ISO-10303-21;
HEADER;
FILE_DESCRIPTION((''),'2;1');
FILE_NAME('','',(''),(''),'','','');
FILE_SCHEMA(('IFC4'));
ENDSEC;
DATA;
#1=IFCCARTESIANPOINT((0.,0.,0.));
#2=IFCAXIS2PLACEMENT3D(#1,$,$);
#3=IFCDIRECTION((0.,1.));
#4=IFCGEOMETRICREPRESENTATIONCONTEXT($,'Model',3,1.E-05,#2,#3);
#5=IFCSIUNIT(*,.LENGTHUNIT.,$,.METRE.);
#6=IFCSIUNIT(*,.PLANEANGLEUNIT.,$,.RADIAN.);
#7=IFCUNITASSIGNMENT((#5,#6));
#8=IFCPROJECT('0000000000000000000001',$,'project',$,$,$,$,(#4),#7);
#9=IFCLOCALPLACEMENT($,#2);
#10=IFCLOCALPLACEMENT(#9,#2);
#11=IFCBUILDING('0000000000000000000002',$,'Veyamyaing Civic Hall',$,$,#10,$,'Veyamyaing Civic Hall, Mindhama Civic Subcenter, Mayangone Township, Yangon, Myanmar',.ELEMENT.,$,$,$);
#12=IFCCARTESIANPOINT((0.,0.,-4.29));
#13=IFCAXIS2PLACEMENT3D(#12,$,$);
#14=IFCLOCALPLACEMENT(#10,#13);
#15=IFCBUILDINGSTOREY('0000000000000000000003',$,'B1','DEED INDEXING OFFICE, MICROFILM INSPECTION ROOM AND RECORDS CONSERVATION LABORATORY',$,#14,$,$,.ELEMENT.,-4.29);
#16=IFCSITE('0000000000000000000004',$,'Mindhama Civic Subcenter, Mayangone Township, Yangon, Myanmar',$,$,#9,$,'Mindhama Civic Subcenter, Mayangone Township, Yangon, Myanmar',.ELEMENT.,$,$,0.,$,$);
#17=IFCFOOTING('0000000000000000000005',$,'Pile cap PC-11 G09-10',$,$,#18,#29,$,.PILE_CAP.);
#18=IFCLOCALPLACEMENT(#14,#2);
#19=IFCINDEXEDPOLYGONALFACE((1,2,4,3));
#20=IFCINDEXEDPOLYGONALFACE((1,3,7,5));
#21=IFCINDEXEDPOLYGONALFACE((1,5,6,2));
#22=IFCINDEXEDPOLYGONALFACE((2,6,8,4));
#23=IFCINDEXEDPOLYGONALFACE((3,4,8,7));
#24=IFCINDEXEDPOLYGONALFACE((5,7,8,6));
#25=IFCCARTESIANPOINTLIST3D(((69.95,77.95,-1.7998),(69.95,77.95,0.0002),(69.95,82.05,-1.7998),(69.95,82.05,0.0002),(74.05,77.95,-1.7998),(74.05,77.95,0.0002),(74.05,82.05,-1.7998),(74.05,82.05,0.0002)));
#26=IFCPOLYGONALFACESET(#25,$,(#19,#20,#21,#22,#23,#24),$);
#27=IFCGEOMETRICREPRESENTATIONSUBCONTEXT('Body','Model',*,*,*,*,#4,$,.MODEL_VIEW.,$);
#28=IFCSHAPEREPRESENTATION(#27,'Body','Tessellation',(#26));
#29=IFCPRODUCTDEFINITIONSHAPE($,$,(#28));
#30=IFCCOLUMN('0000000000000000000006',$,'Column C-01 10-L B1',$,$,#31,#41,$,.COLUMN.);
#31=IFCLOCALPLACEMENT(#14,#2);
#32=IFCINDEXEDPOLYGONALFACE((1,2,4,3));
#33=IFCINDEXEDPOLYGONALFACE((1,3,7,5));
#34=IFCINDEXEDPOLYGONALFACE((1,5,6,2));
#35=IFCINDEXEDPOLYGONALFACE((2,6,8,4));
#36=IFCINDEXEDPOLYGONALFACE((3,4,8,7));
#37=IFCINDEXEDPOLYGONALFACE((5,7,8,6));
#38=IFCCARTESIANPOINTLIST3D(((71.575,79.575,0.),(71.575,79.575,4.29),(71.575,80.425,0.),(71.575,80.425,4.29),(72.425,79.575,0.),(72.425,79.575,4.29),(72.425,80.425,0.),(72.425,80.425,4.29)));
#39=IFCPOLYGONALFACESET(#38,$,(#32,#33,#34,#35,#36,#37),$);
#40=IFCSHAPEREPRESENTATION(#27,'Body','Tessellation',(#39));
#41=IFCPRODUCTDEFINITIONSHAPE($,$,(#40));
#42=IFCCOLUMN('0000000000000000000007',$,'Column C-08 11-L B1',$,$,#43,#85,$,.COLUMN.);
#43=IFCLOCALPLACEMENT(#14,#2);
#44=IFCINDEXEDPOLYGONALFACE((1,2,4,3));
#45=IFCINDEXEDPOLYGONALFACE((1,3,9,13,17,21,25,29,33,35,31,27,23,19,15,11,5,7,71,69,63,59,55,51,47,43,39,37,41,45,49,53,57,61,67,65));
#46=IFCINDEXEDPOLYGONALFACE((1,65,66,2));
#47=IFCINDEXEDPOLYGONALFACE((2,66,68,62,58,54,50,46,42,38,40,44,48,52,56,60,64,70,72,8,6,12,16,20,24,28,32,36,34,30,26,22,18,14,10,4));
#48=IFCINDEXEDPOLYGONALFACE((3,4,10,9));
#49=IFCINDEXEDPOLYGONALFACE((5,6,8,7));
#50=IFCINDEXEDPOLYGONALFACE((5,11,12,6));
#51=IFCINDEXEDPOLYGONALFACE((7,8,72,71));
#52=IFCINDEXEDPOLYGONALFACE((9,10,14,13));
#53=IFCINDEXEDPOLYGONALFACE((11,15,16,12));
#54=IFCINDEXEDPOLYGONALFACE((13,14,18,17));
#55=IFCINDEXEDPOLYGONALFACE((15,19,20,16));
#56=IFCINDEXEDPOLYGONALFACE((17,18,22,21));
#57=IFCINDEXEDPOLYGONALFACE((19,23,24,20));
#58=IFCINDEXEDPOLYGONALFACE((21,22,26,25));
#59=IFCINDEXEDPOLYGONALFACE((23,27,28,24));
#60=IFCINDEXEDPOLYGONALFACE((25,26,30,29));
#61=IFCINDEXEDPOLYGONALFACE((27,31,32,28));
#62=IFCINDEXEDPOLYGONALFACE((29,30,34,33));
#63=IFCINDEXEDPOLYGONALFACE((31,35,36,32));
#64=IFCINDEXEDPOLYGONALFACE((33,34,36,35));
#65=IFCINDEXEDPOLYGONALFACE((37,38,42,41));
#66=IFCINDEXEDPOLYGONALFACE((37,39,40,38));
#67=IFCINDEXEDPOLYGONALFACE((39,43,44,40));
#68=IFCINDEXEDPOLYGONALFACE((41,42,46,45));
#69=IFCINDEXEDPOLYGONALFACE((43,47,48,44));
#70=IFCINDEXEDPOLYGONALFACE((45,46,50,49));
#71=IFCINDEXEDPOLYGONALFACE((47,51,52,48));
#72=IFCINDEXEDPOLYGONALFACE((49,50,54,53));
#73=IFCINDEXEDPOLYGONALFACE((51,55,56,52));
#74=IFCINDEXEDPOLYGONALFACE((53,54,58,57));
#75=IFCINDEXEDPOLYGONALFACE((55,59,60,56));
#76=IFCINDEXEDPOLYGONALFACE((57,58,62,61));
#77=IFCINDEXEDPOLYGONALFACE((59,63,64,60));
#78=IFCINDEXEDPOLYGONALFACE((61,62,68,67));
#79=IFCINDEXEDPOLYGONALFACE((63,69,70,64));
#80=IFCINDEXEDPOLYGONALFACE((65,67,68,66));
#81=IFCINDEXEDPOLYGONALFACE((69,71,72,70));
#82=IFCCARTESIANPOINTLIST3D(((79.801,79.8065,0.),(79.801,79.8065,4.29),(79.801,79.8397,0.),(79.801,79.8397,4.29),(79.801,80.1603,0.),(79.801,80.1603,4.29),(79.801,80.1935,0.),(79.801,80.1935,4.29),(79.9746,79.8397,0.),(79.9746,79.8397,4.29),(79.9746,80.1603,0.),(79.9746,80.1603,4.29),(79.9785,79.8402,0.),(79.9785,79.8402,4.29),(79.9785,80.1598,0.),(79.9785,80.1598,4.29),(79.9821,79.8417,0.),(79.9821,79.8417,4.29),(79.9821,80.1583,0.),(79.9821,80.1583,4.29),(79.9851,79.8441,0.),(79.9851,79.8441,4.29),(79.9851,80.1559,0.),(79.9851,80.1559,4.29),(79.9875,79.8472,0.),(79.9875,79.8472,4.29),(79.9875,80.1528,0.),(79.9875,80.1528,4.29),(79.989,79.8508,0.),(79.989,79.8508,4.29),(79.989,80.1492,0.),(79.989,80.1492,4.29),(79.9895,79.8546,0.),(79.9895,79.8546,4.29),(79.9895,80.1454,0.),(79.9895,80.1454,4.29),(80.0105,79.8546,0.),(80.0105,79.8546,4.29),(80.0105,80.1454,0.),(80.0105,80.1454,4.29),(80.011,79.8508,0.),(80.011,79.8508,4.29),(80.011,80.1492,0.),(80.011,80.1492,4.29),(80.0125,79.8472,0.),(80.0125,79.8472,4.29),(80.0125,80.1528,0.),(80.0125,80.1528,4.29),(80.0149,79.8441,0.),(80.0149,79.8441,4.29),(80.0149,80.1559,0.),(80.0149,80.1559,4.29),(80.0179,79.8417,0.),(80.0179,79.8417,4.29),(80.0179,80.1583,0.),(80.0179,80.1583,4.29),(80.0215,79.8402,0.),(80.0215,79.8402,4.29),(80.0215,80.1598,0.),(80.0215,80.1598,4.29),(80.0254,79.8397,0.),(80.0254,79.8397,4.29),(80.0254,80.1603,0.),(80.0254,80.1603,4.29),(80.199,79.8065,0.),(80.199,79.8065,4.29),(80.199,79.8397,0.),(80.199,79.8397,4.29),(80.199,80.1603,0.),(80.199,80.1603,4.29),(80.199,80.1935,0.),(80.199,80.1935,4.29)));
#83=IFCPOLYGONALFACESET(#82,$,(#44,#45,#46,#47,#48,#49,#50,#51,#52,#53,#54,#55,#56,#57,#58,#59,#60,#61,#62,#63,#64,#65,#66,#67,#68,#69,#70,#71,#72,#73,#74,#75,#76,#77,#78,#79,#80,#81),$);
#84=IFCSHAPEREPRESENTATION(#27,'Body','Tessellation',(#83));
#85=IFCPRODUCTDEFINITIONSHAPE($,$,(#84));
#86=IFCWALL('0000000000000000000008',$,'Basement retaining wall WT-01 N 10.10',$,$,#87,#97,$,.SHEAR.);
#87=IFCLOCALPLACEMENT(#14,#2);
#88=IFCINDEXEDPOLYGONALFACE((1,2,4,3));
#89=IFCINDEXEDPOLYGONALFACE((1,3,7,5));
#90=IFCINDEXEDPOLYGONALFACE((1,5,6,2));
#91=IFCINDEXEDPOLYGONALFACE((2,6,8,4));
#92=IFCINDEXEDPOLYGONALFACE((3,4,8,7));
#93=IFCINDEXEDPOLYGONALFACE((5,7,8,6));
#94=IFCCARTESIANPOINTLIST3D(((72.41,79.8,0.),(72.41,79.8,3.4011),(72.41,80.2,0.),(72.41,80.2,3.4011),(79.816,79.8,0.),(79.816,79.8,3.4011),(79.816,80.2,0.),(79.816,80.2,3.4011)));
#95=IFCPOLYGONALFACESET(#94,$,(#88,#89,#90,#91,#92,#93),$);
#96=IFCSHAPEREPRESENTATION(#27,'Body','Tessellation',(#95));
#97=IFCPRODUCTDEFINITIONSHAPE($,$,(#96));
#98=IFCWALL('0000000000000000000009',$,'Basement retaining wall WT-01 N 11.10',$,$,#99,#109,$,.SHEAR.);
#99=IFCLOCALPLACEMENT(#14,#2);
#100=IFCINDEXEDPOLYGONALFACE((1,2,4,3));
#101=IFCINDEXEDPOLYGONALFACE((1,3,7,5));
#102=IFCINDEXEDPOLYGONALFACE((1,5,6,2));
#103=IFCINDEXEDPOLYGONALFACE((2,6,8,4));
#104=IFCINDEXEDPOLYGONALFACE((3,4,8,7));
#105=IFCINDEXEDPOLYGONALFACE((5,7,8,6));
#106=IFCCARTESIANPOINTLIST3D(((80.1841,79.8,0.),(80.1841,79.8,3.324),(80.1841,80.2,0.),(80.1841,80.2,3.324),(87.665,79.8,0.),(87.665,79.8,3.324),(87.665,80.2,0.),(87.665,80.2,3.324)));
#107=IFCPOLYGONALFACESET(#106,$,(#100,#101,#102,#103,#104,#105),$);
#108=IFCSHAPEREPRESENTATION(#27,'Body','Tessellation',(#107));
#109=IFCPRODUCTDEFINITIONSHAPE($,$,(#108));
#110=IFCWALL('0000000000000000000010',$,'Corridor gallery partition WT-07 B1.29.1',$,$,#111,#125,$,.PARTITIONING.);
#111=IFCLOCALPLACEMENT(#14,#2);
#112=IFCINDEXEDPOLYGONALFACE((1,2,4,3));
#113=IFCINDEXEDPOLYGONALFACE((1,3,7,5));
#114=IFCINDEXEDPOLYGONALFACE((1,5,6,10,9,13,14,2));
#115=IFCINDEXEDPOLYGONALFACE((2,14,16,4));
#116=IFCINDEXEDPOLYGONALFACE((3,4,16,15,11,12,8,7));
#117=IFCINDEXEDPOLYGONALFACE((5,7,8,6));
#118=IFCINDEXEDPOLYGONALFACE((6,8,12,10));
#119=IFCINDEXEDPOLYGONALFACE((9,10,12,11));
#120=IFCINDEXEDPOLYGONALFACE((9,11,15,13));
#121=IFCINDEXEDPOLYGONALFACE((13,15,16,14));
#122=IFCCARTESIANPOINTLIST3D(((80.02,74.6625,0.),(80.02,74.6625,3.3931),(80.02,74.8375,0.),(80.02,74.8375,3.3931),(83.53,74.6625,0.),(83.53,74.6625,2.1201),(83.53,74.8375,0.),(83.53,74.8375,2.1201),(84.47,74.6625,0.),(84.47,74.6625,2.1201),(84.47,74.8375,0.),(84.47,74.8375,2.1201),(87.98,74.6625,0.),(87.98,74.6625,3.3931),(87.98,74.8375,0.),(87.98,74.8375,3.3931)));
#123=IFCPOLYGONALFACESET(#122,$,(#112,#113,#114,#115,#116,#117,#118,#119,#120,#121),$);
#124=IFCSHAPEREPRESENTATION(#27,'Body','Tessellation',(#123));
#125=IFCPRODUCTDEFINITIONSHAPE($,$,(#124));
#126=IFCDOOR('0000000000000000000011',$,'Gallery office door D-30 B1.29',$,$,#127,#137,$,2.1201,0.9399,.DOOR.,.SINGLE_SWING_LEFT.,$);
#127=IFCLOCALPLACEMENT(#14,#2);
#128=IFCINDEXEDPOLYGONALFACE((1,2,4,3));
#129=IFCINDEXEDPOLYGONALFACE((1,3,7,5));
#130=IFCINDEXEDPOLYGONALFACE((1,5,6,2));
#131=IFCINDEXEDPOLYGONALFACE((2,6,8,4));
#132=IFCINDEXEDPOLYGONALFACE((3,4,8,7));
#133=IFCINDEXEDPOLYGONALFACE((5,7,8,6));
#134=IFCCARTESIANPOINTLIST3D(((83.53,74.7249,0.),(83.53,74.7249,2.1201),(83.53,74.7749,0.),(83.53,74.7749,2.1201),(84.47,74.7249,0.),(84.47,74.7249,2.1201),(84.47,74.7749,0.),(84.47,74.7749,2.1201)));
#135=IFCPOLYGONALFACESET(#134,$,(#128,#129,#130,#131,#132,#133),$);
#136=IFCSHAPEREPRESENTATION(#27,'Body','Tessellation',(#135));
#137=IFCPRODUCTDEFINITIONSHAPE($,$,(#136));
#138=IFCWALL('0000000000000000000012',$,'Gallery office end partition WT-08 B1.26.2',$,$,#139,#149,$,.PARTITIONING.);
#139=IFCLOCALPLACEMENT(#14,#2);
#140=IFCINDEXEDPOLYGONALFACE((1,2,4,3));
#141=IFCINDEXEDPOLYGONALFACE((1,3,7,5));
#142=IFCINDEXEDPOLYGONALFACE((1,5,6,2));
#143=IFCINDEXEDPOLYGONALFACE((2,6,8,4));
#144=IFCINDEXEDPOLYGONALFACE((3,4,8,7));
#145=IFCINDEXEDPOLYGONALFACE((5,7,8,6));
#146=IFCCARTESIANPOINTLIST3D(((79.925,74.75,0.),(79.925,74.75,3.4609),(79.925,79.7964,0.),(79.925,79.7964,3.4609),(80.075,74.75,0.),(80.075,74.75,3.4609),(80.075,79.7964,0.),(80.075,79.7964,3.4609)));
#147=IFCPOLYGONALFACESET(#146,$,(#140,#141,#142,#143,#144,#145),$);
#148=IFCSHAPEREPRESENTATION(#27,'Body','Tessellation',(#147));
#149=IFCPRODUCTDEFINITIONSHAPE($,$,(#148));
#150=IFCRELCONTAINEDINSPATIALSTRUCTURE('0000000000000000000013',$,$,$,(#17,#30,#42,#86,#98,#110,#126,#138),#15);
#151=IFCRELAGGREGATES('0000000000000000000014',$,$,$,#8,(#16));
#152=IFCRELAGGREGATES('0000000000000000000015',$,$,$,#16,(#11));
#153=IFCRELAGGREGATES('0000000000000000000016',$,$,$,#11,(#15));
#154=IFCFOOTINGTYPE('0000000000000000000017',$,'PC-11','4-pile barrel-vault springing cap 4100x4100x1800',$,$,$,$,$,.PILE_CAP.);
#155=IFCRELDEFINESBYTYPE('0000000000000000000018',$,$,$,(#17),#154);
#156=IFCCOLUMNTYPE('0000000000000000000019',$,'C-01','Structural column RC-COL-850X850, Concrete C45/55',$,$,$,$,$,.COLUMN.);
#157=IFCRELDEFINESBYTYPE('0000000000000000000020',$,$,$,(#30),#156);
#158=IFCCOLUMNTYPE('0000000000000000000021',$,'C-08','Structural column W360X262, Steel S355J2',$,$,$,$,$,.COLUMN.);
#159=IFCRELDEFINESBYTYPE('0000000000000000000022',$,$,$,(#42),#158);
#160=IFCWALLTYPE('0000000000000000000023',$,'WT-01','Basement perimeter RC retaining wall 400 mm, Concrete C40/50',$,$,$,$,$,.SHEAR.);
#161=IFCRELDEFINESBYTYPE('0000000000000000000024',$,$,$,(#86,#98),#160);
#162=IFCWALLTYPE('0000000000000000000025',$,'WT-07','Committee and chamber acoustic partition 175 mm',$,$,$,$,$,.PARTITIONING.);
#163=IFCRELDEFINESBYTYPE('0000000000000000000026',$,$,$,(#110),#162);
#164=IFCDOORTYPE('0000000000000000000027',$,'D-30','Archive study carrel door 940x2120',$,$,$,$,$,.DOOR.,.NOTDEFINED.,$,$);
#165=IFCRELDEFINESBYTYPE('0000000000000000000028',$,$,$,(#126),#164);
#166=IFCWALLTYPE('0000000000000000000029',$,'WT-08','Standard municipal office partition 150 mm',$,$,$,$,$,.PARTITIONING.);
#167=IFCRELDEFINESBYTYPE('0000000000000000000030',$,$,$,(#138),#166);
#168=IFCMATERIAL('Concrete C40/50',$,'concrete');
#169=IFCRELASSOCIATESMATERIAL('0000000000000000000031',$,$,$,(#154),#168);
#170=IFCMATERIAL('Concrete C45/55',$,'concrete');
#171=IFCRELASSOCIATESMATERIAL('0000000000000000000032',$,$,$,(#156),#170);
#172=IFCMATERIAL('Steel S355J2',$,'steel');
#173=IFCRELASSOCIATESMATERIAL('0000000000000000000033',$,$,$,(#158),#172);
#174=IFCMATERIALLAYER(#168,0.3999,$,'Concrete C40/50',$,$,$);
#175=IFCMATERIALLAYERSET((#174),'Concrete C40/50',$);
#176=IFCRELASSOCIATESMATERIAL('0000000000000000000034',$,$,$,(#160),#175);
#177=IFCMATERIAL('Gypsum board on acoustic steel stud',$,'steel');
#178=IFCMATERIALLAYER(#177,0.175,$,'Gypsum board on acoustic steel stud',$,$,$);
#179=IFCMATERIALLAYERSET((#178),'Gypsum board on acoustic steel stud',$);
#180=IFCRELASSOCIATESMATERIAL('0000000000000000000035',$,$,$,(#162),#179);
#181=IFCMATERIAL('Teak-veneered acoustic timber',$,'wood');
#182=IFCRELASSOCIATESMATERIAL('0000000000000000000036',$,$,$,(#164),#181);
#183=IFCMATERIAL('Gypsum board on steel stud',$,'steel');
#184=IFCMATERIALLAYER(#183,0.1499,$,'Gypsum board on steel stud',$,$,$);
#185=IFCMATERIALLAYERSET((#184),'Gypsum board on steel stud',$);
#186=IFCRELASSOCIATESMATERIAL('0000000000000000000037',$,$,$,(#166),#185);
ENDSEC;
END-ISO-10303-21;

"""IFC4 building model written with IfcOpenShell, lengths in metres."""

from ifc_helpers import new_model, si_unit, direction, frame, frame_2d, origin, origin_2d, place, context, subcontext, project, spatial, rectangle, i_section, extrude, material, layer, layer_set, material_profile, profile_set, type_object, element, fill, save


model = new_model("IFC4")

# Units and contexts
model_context = context("Model", 3, precision=1e-05, world=origin(), true_north=direction((0.0, 1.0)))
body_context = subcontext(model_context, "Body", "Model", "MODEL_VIEW")
ifc_project = project(units=[si_unit("LENGTHUNIT", "METRE"), si_unit("PLANEANGLEUNIT", "RADIAN")], contexts=[model_context])

# Site, building, storey
site_placement = place(None, origin())
site = spatial("IfcSite", under=ifc_project, at=site_placement, Name="Mindhama Civic Subcenter, Mayangone Township, Yangon, Myanmar", LongName="Mindhama Civic Subcenter, Mayangone Township, Yangon, Myanmar", CompositionType="ELEMENT", RefElevation=0.0)
building_placement = place(site_placement, origin())
building = spatial("IfcBuilding", under=site, at=building_placement, Name="Veyamyaing Civic Hall", LongName="Veyamyaing Civic Hall, Mindhama Civic Subcenter, Mayangone Township, Yangon, Myanmar", CompositionType="ELEMENT")
storey_placement = place(building_placement, frame((0.0, 0.0, -4.29)))
storey = spatial("IfcBuildingStorey", under=building, at=storey_placement, Name="B1", Description="DEED INDEXING OFFICE, MICROFILM INSPECTION ROOM AND RECORDS CONSERVATION LABORATORY", CompositionType="ELEMENT", Elevation=-4.29)

# Shared definitions
ifc_material_1 = material(Name="Concrete C40/50", Category="concrete")

# Footing
footing_type_1 = type_object("IfcFootingType", Name="PC-11", Description="4-pile barrel-vault springing cap 4100x4100x1800", PredefinedType="PILE_CAP", material=ifc_material_1)
footing_1_placement = place(storey_placement, frame((72.0, 80.0, -1.7998), z_axis=(0.0, 0.0, 1.0), x_axis=(1.0, 0.0, 0.0)))
element("IfcFooting", 1, at=footing_1_placement, inside=storey, type_object=footing_type_1, Name="Pile cap PC-11 G09-10", PredefinedType="PILE_CAP", context=body_context, shape_type="SweptSolid", body=[
    extrude(rectangle(XDim=4.1001, YDim=4.1001, at=origin_2d()), origin(), (0.0, 0.0, 1.0), 1.8),
])

# Columns
ifc_material_2 = material(Name="Concrete C45/55", Category="concrete")
ifc_material_profile_1 = material_profile(ifc_material_2, rectangle(XDim=0.8501, YDim=0.8501, at=origin_2d()), Name="RC-COL-850X850")
ifc_profile_set_1 = profile_set([ifc_material_profile_1], Name="Concrete C45/55")
column_type_1 = type_object("IfcColumnType", Name="C-01", Description="Structural column RC-COL-850X850, Concrete C45/55", PredefinedType="COLUMN", material=ifc_profile_set_1)
column_1_placement = place(storey_placement, frame((72.0, 80.0, 0.0), z_axis=(0.0, 0.0, 1.0), x_axis=(1.0, 0.0, 0.0)))
element("IfcColumn", 2, at=column_1_placement, inside=storey, type_object=column_type_1, Name="Column C-01 10-L B1", PredefinedType="COLUMN", context=body_context, shape_type="SweptSolid", body=[
    extrude(rectangle(XDim=0.8501, YDim=0.8501, at=origin_2d()), origin(), (0.0, 0.0, 1.0), 4.29),
])
ifc_material_3 = material(Name="Steel S355J2", Category="steel")
ifc_material_profile_2 = material_profile(ifc_material_3, i_section(OverallWidth=0.3979, OverallDepth=0.387, WebThickness=0.021, FlangeThickness=0.0332, FilletRadius=0.0149, at=origin_2d()), Name="W360X262")
ifc_profile_set_2 = profile_set([ifc_material_profile_2], Name="Steel S355J2")
column_type_2 = type_object("IfcColumnType", Name="C-08", Description="Structural column W360X262, Steel S355J2", PredefinedType="COLUMN", material=ifc_profile_set_2)
column_2_placement = place(storey_placement, frame((80.0, 80.0, 0.0), z_axis=(0.0, 0.0, 1.0), x_axis=(1.0, 0.0, 0.0)))
element("IfcColumn", 3, at=column_2_placement, inside=storey, type_object=column_type_2, Name="Column C-08 11-L B1", PredefinedType="COLUMN", context=body_context, shape_type="SweptSolid", body=[
    extrude(i_section(OverallWidth=0.3979, OverallDepth=0.387, WebThickness=0.021, FlangeThickness=0.0332, FilletRadius=0.0149, at=origin_2d()), origin(), (0.0, 0.0, 1.0), 4.29),
])

# Walls
ifc_layer_1 = layer(ifc_material_1, 0.3999, Name="Concrete C40/50")
ifc_layer_set_1 = layer_set([ifc_layer_1], Name="Concrete C40/50")
wall_type_1 = type_object("IfcWallType", Name="WT-01", Description="Basement perimeter RC retaining wall 400 mm, Concrete C40/50", PredefinedType="SHEAR", material=ifc_layer_set_1)
wall_1_placement = place(storey_placement, frame((72.4099, 80.0, 0.0), z_axis=(0.0, 0.0, 1.0), x_axis=(1.0, 0.0, 0.0)))
element("IfcWall", 4, at=wall_1_placement, inside=storey, type_object=wall_type_1, Name="Basement retaining wall WT-01 N 10.10", PredefinedType="SHEAR", context=body_context, shape_type="SweptSolid", body=[
    extrude(rectangle(XDim=7.406, YDim=0.3999, at=frame_2d((3.7031, 0.0))), origin(), (0.0, 0.0, 1.0), 3.4011),
])
wall_2_placement = place(storey_placement, frame((80.1841, 80.0, 0.0), z_axis=(0.0, 0.0, 1.0), x_axis=(1.0, 0.0, 0.0)))
element("IfcWall", 5, at=wall_2_placement, inside=storey, type_object=wall_type_1, Name="Basement retaining wall WT-01 N 11.10", PredefinedType="SHEAR", context=body_context, shape_type="SweptSolid", body=[
    extrude(rectangle(XDim=7.481, YDim=0.3999, at=frame_2d((3.7405, 0.0))), origin(), (0.0, 0.0, 1.0), 3.324),
])

# Wall, opening, door
ifc_material_4 = material(Name="Gypsum board on acoustic steel stud", Category="steel")
ifc_layer_2 = layer(ifc_material_4, 0.175, Name="Gypsum board on acoustic steel stud")
ifc_layer_set_2 = layer_set([ifc_layer_2], Name="Gypsum board on acoustic steel stud")
wall_type_2 = type_object("IfcWallType", Name="WT-07", Description="Committee and chamber acoustic partition 175 mm", PredefinedType="PARTITIONING", material=ifc_layer_set_2)
wall_3_placement = place(storey_placement, frame((80.02, 74.75, 0.0), z_axis=(0.0, 0.0, 1.0), x_axis=(1.0, 0.0, 0.0)))
wall_3 = element("IfcWall", 6, at=wall_3_placement, inside=storey, type_object=wall_type_2, Name="Corridor gallery partition WT-07 B1.29.1", PredefinedType="PARTITIONING", context=body_context, shape_type="SweptSolid", body=[
    extrude(rectangle(XDim=7.96, YDim=0.175, at=frame_2d((3.98, 0.0))), origin(), (0.0, 0.0, 1.0), 3.3931),
])
opening_1_placement = place(wall_3_placement, frame((3.51, 0.0, 0.0)))
opening_1 = element("IfcOpeningElement", 7, at=opening_1_placement, cuts=wall_3, PredefinedType="OPENING", context=body_context, shape_type="SweptSolid", body=[
    extrude(rectangle(XDim=0.9399, YDim=2.1201, at=frame_2d((0.47, 1.0601))), frame((0.0, 0.0974, 0.0), z_axis=(0.0, -1.0, 0.0), x_axis=(1.0, 0.0, 0.0)), (0.0, 0.0, 1.0), 0.1951),
])
ifc_material_5 = material(Name="Teak-veneered acoustic timber", Category="wood")
door_type_1 = type_object("IfcDoorType", Name="D-30", Description="Archive study carrel door 940x2120", OperationType="NOTDEFINED", PredefinedType="DOOR", material=ifc_material_5)
door_1_placement = place(opening_1_placement, origin())
door_1 = element("IfcDoor", 8, at=door_1_placement, inside=storey, type_object=door_type_1, Name="Gallery office door D-30 B1.29", OperationType="SINGLE_SWING_LEFT", OverallHeight=2.1201, OverallWidth=0.9399, PredefinedType="DOOR", context=body_context, shape_type="SweptSolid", body=[
    extrude(rectangle(XDim=0.9399, YDim=2.1201, at=frame_2d((0.47, 1.0601))), frame((0.0, 0.0249, 0.0), z_axis=(0.0, -1.0, 0.0), x_axis=(1.0, 0.0, 0.0)), (0.0, 0.0, 1.0), 0.05),
])
fill(opening_1, door_1)

# Wall
ifc_material_6 = material(Name="Gypsum board on steel stud", Category="steel")
ifc_layer_3 = layer(ifc_material_6, 0.1499, Name="Gypsum board on steel stud")
ifc_layer_set_3 = layer_set([ifc_layer_3], Name="Gypsum board on steel stud")
wall_type_3 = type_object("IfcWallType", Name="WT-08", Description="Standard municipal office partition 150 mm", PredefinedType="PARTITIONING", material=ifc_layer_set_3)
wall_4_placement = place(storey_placement, frame((80.0, 74.75, 0.0), z_axis=(0.0, 0.0, 1.0), x_axis=(0.0, 1.0, 0.0)))
element("IfcWall", 9, at=wall_4_placement, inside=storey, type_object=wall_type_3, Name="Gallery office end partition WT-08 B1.26.2", PredefinedType="PARTITIONING", context=body_context, shape_type="SweptSolid", body=[
    extrude(rectangle(XDim=5.0464, YDim=0.1499, at=frame_2d((2.5232, 0.0))), origin(), (0.0, 0.0, 1.0), 3.4609),
])

save(model, "model.ifc")
